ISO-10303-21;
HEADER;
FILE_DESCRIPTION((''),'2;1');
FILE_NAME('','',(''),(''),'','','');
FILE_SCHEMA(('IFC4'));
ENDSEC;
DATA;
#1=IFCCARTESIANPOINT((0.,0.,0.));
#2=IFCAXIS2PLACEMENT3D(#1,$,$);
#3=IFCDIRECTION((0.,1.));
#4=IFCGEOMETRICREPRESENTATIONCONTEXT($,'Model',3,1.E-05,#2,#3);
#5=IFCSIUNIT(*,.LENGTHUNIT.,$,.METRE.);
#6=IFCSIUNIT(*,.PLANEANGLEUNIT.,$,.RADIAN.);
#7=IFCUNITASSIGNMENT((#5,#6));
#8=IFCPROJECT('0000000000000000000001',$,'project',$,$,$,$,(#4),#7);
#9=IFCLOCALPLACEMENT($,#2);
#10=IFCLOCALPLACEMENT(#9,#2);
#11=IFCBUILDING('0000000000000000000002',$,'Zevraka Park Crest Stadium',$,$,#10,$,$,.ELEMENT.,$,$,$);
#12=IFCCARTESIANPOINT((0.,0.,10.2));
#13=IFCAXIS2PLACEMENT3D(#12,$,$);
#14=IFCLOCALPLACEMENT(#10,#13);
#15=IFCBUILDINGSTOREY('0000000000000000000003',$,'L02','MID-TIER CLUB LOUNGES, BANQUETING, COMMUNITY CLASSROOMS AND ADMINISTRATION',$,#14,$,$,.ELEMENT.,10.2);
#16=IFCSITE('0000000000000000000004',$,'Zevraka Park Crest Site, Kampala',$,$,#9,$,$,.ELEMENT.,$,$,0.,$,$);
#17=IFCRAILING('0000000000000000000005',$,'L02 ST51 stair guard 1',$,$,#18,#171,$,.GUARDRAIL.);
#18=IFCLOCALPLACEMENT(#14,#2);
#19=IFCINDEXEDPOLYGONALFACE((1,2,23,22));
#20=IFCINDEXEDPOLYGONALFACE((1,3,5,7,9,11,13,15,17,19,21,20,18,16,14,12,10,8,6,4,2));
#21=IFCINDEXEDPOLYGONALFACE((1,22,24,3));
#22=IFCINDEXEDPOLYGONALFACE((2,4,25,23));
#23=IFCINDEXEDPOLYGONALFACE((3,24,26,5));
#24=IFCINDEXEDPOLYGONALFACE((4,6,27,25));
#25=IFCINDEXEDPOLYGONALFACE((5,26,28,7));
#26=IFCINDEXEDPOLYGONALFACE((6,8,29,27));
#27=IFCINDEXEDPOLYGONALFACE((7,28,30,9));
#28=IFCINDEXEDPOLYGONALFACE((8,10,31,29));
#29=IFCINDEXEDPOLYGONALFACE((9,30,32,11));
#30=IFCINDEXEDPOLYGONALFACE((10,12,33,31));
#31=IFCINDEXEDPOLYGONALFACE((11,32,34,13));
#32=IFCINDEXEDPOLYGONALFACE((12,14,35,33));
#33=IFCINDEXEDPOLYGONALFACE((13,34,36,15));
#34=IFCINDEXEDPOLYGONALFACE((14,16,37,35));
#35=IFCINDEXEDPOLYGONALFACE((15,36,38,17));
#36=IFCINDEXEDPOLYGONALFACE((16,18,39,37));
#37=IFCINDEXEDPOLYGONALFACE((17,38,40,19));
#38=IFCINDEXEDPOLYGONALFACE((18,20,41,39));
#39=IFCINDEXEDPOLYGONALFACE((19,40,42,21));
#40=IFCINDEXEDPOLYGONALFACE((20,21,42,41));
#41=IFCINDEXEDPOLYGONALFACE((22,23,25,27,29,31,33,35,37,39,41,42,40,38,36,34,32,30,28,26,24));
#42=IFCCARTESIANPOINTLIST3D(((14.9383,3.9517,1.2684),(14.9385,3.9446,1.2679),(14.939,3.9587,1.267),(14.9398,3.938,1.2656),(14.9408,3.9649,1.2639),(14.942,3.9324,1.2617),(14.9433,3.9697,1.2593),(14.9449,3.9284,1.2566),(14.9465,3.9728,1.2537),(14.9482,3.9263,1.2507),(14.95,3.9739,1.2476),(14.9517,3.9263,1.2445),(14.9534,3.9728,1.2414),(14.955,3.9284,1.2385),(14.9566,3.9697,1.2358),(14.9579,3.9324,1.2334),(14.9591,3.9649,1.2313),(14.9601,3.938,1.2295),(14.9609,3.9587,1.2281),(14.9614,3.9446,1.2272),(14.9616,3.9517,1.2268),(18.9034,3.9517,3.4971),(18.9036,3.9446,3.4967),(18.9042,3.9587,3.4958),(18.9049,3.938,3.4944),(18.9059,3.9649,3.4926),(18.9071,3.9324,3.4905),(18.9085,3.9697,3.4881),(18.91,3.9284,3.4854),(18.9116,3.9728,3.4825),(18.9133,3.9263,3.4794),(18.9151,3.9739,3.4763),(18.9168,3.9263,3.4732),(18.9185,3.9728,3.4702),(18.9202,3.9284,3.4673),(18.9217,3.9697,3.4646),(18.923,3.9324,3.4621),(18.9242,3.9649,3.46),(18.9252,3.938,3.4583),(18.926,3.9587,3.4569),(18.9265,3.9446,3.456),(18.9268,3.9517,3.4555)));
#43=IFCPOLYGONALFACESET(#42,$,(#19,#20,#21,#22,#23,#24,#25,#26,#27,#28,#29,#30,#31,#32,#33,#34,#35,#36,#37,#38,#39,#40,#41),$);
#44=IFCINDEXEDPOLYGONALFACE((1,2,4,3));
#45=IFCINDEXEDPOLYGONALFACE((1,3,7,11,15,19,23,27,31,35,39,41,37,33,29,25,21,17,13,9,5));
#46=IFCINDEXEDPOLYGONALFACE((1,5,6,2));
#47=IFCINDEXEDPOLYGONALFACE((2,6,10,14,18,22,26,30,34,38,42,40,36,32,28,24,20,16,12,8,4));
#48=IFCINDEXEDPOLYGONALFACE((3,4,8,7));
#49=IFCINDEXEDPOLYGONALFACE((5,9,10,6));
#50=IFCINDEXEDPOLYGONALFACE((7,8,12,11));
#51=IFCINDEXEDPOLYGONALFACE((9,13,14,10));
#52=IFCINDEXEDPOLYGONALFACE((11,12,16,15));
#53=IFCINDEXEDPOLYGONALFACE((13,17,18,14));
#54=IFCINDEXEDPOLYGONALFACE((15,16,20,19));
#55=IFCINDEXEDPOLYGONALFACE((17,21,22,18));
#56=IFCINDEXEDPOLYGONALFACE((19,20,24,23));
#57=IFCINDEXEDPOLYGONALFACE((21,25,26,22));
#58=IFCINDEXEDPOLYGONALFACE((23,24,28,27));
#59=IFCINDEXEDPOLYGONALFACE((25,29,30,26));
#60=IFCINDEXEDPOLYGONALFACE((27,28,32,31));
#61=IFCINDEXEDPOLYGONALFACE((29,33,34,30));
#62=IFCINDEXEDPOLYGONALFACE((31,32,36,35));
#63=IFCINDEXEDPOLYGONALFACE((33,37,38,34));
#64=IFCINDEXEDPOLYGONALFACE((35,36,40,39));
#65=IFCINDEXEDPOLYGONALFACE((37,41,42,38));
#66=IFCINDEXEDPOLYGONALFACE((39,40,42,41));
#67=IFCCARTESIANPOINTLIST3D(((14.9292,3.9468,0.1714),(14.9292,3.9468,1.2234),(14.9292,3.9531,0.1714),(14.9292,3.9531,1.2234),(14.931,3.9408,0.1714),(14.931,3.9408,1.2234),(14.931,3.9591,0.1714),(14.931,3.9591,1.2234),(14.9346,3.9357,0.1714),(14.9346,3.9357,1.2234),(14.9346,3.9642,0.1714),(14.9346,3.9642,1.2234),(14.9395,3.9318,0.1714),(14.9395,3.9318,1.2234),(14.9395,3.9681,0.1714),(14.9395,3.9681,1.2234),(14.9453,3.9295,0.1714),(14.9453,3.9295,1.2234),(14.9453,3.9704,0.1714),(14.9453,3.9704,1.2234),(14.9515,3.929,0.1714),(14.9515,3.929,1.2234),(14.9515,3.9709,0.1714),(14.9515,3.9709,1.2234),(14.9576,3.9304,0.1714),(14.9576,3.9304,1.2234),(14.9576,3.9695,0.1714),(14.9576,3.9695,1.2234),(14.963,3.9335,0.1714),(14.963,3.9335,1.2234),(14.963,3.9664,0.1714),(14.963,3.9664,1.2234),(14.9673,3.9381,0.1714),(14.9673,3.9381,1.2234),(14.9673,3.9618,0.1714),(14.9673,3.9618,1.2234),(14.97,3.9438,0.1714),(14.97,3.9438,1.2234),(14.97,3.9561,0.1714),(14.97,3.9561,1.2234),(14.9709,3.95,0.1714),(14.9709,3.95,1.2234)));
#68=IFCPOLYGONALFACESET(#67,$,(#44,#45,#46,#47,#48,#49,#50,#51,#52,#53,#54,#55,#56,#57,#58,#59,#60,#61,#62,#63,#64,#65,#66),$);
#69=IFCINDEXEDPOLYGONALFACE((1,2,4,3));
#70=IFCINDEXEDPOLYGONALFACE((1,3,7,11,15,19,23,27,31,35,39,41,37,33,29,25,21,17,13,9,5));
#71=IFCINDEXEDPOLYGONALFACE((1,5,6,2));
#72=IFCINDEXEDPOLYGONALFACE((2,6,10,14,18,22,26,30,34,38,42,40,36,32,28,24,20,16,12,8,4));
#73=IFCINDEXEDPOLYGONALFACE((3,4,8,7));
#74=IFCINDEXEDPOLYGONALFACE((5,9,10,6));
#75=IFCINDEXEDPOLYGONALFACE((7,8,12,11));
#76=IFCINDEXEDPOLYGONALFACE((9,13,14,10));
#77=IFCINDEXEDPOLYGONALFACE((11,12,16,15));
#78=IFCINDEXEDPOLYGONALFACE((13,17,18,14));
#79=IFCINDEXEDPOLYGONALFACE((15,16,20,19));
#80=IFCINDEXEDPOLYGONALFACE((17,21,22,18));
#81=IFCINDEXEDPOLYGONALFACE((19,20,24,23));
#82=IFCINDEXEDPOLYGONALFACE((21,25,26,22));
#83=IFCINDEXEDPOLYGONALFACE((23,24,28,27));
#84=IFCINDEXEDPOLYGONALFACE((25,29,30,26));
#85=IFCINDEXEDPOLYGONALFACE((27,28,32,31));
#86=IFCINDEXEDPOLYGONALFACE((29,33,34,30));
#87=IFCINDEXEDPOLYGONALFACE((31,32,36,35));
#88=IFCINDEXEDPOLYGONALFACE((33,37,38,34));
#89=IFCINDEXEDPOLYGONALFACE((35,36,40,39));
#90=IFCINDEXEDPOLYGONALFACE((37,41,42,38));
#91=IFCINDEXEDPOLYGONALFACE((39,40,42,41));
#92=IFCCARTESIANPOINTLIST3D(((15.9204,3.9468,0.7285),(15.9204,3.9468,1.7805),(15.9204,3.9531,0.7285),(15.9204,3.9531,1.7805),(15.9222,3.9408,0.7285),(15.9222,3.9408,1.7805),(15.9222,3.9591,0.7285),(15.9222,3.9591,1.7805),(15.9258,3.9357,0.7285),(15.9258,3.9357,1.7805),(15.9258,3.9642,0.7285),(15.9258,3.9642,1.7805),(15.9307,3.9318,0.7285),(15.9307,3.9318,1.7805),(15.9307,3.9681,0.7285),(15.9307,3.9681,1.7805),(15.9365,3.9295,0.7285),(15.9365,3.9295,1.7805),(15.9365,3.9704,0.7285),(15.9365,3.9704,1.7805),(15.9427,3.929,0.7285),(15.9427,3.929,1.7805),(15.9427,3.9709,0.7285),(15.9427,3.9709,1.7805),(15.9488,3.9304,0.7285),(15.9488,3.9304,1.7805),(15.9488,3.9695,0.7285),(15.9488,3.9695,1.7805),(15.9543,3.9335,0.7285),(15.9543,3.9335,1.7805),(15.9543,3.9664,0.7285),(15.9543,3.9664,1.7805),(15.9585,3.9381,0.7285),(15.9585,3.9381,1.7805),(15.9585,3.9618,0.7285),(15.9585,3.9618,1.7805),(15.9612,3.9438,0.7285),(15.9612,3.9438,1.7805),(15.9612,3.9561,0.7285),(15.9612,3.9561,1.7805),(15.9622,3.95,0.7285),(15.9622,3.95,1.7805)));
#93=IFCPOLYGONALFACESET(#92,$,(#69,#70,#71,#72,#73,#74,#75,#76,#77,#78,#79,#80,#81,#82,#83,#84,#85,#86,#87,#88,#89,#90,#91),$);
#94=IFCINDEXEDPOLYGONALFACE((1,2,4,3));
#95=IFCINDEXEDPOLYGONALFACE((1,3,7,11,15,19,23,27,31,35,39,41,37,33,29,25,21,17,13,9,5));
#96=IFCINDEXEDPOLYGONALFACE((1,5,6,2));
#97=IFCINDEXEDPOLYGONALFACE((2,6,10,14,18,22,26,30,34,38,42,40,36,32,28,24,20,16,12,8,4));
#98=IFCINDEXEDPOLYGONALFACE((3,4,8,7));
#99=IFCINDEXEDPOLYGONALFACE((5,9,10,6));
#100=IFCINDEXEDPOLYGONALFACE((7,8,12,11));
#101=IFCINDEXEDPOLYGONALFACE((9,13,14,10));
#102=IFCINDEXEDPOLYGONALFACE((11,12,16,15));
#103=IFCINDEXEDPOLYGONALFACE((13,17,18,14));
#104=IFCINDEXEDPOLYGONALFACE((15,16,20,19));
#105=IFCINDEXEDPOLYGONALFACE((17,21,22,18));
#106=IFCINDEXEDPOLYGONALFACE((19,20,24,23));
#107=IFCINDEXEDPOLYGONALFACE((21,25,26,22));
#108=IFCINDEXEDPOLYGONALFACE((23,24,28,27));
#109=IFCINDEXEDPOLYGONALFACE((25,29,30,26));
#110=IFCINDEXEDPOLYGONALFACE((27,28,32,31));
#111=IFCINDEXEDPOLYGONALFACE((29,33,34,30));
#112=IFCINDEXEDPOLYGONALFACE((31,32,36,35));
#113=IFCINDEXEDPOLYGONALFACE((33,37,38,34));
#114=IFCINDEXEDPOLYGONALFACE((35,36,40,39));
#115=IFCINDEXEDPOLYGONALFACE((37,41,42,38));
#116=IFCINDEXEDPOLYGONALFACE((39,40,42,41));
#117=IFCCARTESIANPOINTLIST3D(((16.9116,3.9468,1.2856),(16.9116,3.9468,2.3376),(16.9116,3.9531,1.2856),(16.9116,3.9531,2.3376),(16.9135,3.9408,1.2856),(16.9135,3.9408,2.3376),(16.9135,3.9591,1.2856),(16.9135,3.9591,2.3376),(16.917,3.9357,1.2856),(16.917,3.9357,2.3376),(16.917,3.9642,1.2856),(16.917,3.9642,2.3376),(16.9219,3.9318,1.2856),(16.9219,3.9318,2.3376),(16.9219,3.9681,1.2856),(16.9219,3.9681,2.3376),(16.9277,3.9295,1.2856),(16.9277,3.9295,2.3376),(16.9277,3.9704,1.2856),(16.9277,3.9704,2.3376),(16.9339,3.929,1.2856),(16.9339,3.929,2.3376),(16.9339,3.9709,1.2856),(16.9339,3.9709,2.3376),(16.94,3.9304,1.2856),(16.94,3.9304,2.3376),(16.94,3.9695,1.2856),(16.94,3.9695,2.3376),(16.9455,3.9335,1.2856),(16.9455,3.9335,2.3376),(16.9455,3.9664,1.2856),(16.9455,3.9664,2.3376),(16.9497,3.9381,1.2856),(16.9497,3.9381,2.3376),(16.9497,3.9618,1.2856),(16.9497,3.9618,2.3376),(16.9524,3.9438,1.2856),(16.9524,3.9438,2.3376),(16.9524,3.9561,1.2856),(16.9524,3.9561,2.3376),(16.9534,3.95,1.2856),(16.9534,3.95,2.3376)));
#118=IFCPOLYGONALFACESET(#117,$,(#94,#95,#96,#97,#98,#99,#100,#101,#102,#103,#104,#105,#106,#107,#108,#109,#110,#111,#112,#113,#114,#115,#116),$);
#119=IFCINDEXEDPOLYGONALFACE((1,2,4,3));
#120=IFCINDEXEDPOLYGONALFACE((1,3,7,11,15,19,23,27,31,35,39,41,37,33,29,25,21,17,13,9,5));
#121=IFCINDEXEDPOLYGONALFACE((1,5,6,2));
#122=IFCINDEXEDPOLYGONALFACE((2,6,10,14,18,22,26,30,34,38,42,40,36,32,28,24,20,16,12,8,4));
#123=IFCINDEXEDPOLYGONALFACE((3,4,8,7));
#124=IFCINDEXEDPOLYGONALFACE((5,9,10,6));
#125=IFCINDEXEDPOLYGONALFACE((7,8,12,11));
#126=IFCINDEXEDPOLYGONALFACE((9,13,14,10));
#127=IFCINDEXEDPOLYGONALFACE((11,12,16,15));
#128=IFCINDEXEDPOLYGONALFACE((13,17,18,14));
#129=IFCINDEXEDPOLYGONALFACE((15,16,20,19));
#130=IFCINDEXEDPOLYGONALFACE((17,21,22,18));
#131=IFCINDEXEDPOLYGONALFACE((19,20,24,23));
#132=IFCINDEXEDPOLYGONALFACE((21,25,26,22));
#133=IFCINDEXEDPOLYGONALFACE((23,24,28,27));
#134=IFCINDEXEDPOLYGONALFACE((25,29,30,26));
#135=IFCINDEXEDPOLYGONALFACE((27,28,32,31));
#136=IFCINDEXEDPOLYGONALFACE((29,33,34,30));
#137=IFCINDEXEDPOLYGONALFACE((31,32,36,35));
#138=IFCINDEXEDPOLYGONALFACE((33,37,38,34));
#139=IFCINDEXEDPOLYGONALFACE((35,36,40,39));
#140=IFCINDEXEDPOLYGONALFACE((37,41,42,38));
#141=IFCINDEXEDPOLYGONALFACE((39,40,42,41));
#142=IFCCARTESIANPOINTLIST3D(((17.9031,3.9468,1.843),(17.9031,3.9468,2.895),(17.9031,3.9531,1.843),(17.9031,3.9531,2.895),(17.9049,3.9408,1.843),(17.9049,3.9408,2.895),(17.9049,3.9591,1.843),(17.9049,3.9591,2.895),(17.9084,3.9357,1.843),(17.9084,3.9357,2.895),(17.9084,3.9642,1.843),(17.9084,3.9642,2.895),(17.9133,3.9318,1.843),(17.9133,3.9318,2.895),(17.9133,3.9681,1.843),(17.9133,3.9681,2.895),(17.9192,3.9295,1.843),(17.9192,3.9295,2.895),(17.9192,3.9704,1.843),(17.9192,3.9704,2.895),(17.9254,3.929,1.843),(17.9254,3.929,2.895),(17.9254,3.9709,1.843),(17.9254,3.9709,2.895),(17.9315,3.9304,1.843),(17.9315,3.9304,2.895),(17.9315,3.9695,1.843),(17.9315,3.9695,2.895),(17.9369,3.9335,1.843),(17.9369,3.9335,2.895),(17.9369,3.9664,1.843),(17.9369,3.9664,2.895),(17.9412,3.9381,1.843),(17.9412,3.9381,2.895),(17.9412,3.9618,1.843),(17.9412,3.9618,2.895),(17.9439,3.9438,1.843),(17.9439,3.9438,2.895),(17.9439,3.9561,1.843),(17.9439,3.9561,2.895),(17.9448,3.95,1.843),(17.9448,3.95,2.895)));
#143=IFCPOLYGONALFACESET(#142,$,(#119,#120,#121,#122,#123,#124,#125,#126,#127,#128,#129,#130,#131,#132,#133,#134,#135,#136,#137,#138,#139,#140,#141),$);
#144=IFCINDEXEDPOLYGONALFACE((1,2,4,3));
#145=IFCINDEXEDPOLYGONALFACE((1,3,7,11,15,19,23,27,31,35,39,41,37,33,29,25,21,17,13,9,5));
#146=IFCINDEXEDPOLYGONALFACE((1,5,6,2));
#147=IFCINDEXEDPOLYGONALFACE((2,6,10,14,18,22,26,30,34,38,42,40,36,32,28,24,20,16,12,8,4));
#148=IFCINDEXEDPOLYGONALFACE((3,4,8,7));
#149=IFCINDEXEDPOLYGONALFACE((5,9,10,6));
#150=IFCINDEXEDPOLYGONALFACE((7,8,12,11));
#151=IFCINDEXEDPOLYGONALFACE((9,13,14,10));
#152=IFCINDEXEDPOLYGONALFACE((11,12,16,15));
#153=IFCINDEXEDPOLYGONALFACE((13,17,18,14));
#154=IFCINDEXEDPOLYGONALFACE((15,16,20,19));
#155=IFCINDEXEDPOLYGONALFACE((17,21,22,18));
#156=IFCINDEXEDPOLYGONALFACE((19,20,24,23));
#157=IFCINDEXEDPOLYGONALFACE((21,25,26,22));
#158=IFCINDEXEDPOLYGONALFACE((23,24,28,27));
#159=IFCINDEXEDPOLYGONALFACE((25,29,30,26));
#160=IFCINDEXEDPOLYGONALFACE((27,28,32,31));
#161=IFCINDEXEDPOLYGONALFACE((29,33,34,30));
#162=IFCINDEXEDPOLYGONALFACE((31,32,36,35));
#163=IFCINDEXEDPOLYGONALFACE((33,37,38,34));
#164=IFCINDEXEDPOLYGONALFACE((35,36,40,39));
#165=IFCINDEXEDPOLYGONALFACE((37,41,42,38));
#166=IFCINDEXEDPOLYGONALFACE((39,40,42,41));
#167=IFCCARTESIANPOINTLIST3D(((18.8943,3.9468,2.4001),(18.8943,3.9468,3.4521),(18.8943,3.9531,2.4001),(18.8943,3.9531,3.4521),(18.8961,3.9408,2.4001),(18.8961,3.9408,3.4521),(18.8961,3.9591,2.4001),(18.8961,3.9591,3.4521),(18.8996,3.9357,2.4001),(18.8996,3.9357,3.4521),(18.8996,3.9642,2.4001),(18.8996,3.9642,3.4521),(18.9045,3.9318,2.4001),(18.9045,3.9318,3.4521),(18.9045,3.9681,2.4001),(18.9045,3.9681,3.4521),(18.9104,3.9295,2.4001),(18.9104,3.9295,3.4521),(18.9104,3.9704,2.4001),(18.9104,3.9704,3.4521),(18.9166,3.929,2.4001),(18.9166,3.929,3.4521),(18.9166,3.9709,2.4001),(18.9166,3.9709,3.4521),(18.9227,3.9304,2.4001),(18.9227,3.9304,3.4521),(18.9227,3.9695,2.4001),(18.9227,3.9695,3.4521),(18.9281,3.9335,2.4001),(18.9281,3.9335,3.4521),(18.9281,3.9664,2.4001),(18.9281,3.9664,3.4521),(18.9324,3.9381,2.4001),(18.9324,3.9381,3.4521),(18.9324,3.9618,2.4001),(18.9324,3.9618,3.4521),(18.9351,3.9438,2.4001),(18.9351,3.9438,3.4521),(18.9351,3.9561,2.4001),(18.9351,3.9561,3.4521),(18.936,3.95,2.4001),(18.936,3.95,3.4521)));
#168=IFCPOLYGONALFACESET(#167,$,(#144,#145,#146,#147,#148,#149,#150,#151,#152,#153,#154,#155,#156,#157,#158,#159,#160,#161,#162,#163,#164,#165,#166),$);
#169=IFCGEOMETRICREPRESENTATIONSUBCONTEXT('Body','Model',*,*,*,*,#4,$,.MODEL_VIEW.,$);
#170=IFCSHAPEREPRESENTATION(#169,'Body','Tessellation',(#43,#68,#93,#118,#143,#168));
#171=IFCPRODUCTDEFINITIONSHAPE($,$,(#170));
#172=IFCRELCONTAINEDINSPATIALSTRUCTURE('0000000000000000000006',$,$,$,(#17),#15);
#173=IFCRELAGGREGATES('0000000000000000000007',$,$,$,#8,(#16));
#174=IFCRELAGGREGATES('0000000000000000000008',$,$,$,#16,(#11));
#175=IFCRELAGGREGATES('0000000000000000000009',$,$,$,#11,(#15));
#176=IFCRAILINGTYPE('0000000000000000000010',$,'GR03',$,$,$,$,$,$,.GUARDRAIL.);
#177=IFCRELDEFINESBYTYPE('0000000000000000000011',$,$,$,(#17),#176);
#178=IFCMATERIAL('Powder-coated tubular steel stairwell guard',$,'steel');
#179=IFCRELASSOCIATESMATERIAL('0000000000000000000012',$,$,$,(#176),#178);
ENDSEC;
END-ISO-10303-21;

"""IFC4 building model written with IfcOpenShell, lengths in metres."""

from ifc_helpers import new_model, si_unit, direction, frame, origin, origin_2d, place, context, subcontext, project, spatial, circle, extrude, material, type_object, element, save


model = new_model("IFC4")

# Units and contexts
model_context = context("Model", 3, precision=1e-05, world=origin(), true_north=direction((0.0, 1.0)))
body_context = subcontext(model_context, "Body", "Model", "MODEL_VIEW")
ifc_project = project(units=[si_unit("LENGTHUNIT", "METRE"), si_unit("PLANEANGLEUNIT", "RADIAN")], contexts=[model_context])

# Site, building, storey
site_placement = place(None, origin())
site = spatial("IfcSite", under=ifc_project, at=site_placement, Name="Zevraka Park Crest Site, Kampala", CompositionType="ELEMENT", RefElevation=0.0)
building_placement = place(site_placement, origin())
building = spatial("IfcBuilding", under=site, at=building_placement, Name="Zevraka Park Crest Stadium", CompositionType="ELEMENT")
storey_placement = place(building_placement, frame((0.0, 0.0, 10.2)))
storey = spatial("IfcBuildingStorey", under=building, at=storey_placement, Name="L02", Description="MID-TIER CLUB LOUNGES, BANQUETING, COMMUNITY CLASSROOMS AND ADMINISTRATION", CompositionType="ELEMENT", Elevation=10.2)

# Railing
ifc_material_1 = material(Name="Powder-coated tubular steel stairwell guard", Category="steel")
railing_type_1 = type_object("IfcRailingType", Name="GR03", PredefinedType="GUARDRAIL", material=ifc_material_1)
railing_1_placement = place(storey_placement, frame((14.95, 3.95, 0.1714)))
element("IfcRailing", 1, at=railing_1_placement, inside=storey, type_object=railing_type_1, Name="L02 ST51 stair guard 1", PredefinedType="GUARDRAIL", context=body_context, shape_type="SweptSolid", body=[
    extrude(circle(Radius=0.0239, at=origin_2d()), frame((0.0, 0.0, 1.0762), z_axis=(0.871726, 0.0, 0.489994), x_axis=(0.0, 1.0, 0.0)), (0.0, 0.0, 1.0), 4.5486),
    extrude(circle(Radius=0.021, at=origin_2d()), origin(), (0.0, 0.0, 1.0), 1.052),
    extrude(circle(Radius=0.021, at=origin_2d()), frame((0.9912, 0.0, 0.5571)), (0.0, 0.0, 1.0), 1.052),
    extrude(circle(Radius=0.021, at=origin_2d()), frame((1.9824, 0.0, 1.1143)), (0.0, 0.0, 1.0), 1.052),
    extrude(circle(Radius=0.021, at=origin_2d()), frame((2.9739, 0.0, 1.6716)), (0.0, 0.0, 1.0), 1.052),
    extrude(circle(Radius=0.021, at=origin_2d()), frame((3.9651, 0.0, 2.2288)), (0.0, 0.0, 1.0), 1.052),
])

save(model, "model.ifc")
